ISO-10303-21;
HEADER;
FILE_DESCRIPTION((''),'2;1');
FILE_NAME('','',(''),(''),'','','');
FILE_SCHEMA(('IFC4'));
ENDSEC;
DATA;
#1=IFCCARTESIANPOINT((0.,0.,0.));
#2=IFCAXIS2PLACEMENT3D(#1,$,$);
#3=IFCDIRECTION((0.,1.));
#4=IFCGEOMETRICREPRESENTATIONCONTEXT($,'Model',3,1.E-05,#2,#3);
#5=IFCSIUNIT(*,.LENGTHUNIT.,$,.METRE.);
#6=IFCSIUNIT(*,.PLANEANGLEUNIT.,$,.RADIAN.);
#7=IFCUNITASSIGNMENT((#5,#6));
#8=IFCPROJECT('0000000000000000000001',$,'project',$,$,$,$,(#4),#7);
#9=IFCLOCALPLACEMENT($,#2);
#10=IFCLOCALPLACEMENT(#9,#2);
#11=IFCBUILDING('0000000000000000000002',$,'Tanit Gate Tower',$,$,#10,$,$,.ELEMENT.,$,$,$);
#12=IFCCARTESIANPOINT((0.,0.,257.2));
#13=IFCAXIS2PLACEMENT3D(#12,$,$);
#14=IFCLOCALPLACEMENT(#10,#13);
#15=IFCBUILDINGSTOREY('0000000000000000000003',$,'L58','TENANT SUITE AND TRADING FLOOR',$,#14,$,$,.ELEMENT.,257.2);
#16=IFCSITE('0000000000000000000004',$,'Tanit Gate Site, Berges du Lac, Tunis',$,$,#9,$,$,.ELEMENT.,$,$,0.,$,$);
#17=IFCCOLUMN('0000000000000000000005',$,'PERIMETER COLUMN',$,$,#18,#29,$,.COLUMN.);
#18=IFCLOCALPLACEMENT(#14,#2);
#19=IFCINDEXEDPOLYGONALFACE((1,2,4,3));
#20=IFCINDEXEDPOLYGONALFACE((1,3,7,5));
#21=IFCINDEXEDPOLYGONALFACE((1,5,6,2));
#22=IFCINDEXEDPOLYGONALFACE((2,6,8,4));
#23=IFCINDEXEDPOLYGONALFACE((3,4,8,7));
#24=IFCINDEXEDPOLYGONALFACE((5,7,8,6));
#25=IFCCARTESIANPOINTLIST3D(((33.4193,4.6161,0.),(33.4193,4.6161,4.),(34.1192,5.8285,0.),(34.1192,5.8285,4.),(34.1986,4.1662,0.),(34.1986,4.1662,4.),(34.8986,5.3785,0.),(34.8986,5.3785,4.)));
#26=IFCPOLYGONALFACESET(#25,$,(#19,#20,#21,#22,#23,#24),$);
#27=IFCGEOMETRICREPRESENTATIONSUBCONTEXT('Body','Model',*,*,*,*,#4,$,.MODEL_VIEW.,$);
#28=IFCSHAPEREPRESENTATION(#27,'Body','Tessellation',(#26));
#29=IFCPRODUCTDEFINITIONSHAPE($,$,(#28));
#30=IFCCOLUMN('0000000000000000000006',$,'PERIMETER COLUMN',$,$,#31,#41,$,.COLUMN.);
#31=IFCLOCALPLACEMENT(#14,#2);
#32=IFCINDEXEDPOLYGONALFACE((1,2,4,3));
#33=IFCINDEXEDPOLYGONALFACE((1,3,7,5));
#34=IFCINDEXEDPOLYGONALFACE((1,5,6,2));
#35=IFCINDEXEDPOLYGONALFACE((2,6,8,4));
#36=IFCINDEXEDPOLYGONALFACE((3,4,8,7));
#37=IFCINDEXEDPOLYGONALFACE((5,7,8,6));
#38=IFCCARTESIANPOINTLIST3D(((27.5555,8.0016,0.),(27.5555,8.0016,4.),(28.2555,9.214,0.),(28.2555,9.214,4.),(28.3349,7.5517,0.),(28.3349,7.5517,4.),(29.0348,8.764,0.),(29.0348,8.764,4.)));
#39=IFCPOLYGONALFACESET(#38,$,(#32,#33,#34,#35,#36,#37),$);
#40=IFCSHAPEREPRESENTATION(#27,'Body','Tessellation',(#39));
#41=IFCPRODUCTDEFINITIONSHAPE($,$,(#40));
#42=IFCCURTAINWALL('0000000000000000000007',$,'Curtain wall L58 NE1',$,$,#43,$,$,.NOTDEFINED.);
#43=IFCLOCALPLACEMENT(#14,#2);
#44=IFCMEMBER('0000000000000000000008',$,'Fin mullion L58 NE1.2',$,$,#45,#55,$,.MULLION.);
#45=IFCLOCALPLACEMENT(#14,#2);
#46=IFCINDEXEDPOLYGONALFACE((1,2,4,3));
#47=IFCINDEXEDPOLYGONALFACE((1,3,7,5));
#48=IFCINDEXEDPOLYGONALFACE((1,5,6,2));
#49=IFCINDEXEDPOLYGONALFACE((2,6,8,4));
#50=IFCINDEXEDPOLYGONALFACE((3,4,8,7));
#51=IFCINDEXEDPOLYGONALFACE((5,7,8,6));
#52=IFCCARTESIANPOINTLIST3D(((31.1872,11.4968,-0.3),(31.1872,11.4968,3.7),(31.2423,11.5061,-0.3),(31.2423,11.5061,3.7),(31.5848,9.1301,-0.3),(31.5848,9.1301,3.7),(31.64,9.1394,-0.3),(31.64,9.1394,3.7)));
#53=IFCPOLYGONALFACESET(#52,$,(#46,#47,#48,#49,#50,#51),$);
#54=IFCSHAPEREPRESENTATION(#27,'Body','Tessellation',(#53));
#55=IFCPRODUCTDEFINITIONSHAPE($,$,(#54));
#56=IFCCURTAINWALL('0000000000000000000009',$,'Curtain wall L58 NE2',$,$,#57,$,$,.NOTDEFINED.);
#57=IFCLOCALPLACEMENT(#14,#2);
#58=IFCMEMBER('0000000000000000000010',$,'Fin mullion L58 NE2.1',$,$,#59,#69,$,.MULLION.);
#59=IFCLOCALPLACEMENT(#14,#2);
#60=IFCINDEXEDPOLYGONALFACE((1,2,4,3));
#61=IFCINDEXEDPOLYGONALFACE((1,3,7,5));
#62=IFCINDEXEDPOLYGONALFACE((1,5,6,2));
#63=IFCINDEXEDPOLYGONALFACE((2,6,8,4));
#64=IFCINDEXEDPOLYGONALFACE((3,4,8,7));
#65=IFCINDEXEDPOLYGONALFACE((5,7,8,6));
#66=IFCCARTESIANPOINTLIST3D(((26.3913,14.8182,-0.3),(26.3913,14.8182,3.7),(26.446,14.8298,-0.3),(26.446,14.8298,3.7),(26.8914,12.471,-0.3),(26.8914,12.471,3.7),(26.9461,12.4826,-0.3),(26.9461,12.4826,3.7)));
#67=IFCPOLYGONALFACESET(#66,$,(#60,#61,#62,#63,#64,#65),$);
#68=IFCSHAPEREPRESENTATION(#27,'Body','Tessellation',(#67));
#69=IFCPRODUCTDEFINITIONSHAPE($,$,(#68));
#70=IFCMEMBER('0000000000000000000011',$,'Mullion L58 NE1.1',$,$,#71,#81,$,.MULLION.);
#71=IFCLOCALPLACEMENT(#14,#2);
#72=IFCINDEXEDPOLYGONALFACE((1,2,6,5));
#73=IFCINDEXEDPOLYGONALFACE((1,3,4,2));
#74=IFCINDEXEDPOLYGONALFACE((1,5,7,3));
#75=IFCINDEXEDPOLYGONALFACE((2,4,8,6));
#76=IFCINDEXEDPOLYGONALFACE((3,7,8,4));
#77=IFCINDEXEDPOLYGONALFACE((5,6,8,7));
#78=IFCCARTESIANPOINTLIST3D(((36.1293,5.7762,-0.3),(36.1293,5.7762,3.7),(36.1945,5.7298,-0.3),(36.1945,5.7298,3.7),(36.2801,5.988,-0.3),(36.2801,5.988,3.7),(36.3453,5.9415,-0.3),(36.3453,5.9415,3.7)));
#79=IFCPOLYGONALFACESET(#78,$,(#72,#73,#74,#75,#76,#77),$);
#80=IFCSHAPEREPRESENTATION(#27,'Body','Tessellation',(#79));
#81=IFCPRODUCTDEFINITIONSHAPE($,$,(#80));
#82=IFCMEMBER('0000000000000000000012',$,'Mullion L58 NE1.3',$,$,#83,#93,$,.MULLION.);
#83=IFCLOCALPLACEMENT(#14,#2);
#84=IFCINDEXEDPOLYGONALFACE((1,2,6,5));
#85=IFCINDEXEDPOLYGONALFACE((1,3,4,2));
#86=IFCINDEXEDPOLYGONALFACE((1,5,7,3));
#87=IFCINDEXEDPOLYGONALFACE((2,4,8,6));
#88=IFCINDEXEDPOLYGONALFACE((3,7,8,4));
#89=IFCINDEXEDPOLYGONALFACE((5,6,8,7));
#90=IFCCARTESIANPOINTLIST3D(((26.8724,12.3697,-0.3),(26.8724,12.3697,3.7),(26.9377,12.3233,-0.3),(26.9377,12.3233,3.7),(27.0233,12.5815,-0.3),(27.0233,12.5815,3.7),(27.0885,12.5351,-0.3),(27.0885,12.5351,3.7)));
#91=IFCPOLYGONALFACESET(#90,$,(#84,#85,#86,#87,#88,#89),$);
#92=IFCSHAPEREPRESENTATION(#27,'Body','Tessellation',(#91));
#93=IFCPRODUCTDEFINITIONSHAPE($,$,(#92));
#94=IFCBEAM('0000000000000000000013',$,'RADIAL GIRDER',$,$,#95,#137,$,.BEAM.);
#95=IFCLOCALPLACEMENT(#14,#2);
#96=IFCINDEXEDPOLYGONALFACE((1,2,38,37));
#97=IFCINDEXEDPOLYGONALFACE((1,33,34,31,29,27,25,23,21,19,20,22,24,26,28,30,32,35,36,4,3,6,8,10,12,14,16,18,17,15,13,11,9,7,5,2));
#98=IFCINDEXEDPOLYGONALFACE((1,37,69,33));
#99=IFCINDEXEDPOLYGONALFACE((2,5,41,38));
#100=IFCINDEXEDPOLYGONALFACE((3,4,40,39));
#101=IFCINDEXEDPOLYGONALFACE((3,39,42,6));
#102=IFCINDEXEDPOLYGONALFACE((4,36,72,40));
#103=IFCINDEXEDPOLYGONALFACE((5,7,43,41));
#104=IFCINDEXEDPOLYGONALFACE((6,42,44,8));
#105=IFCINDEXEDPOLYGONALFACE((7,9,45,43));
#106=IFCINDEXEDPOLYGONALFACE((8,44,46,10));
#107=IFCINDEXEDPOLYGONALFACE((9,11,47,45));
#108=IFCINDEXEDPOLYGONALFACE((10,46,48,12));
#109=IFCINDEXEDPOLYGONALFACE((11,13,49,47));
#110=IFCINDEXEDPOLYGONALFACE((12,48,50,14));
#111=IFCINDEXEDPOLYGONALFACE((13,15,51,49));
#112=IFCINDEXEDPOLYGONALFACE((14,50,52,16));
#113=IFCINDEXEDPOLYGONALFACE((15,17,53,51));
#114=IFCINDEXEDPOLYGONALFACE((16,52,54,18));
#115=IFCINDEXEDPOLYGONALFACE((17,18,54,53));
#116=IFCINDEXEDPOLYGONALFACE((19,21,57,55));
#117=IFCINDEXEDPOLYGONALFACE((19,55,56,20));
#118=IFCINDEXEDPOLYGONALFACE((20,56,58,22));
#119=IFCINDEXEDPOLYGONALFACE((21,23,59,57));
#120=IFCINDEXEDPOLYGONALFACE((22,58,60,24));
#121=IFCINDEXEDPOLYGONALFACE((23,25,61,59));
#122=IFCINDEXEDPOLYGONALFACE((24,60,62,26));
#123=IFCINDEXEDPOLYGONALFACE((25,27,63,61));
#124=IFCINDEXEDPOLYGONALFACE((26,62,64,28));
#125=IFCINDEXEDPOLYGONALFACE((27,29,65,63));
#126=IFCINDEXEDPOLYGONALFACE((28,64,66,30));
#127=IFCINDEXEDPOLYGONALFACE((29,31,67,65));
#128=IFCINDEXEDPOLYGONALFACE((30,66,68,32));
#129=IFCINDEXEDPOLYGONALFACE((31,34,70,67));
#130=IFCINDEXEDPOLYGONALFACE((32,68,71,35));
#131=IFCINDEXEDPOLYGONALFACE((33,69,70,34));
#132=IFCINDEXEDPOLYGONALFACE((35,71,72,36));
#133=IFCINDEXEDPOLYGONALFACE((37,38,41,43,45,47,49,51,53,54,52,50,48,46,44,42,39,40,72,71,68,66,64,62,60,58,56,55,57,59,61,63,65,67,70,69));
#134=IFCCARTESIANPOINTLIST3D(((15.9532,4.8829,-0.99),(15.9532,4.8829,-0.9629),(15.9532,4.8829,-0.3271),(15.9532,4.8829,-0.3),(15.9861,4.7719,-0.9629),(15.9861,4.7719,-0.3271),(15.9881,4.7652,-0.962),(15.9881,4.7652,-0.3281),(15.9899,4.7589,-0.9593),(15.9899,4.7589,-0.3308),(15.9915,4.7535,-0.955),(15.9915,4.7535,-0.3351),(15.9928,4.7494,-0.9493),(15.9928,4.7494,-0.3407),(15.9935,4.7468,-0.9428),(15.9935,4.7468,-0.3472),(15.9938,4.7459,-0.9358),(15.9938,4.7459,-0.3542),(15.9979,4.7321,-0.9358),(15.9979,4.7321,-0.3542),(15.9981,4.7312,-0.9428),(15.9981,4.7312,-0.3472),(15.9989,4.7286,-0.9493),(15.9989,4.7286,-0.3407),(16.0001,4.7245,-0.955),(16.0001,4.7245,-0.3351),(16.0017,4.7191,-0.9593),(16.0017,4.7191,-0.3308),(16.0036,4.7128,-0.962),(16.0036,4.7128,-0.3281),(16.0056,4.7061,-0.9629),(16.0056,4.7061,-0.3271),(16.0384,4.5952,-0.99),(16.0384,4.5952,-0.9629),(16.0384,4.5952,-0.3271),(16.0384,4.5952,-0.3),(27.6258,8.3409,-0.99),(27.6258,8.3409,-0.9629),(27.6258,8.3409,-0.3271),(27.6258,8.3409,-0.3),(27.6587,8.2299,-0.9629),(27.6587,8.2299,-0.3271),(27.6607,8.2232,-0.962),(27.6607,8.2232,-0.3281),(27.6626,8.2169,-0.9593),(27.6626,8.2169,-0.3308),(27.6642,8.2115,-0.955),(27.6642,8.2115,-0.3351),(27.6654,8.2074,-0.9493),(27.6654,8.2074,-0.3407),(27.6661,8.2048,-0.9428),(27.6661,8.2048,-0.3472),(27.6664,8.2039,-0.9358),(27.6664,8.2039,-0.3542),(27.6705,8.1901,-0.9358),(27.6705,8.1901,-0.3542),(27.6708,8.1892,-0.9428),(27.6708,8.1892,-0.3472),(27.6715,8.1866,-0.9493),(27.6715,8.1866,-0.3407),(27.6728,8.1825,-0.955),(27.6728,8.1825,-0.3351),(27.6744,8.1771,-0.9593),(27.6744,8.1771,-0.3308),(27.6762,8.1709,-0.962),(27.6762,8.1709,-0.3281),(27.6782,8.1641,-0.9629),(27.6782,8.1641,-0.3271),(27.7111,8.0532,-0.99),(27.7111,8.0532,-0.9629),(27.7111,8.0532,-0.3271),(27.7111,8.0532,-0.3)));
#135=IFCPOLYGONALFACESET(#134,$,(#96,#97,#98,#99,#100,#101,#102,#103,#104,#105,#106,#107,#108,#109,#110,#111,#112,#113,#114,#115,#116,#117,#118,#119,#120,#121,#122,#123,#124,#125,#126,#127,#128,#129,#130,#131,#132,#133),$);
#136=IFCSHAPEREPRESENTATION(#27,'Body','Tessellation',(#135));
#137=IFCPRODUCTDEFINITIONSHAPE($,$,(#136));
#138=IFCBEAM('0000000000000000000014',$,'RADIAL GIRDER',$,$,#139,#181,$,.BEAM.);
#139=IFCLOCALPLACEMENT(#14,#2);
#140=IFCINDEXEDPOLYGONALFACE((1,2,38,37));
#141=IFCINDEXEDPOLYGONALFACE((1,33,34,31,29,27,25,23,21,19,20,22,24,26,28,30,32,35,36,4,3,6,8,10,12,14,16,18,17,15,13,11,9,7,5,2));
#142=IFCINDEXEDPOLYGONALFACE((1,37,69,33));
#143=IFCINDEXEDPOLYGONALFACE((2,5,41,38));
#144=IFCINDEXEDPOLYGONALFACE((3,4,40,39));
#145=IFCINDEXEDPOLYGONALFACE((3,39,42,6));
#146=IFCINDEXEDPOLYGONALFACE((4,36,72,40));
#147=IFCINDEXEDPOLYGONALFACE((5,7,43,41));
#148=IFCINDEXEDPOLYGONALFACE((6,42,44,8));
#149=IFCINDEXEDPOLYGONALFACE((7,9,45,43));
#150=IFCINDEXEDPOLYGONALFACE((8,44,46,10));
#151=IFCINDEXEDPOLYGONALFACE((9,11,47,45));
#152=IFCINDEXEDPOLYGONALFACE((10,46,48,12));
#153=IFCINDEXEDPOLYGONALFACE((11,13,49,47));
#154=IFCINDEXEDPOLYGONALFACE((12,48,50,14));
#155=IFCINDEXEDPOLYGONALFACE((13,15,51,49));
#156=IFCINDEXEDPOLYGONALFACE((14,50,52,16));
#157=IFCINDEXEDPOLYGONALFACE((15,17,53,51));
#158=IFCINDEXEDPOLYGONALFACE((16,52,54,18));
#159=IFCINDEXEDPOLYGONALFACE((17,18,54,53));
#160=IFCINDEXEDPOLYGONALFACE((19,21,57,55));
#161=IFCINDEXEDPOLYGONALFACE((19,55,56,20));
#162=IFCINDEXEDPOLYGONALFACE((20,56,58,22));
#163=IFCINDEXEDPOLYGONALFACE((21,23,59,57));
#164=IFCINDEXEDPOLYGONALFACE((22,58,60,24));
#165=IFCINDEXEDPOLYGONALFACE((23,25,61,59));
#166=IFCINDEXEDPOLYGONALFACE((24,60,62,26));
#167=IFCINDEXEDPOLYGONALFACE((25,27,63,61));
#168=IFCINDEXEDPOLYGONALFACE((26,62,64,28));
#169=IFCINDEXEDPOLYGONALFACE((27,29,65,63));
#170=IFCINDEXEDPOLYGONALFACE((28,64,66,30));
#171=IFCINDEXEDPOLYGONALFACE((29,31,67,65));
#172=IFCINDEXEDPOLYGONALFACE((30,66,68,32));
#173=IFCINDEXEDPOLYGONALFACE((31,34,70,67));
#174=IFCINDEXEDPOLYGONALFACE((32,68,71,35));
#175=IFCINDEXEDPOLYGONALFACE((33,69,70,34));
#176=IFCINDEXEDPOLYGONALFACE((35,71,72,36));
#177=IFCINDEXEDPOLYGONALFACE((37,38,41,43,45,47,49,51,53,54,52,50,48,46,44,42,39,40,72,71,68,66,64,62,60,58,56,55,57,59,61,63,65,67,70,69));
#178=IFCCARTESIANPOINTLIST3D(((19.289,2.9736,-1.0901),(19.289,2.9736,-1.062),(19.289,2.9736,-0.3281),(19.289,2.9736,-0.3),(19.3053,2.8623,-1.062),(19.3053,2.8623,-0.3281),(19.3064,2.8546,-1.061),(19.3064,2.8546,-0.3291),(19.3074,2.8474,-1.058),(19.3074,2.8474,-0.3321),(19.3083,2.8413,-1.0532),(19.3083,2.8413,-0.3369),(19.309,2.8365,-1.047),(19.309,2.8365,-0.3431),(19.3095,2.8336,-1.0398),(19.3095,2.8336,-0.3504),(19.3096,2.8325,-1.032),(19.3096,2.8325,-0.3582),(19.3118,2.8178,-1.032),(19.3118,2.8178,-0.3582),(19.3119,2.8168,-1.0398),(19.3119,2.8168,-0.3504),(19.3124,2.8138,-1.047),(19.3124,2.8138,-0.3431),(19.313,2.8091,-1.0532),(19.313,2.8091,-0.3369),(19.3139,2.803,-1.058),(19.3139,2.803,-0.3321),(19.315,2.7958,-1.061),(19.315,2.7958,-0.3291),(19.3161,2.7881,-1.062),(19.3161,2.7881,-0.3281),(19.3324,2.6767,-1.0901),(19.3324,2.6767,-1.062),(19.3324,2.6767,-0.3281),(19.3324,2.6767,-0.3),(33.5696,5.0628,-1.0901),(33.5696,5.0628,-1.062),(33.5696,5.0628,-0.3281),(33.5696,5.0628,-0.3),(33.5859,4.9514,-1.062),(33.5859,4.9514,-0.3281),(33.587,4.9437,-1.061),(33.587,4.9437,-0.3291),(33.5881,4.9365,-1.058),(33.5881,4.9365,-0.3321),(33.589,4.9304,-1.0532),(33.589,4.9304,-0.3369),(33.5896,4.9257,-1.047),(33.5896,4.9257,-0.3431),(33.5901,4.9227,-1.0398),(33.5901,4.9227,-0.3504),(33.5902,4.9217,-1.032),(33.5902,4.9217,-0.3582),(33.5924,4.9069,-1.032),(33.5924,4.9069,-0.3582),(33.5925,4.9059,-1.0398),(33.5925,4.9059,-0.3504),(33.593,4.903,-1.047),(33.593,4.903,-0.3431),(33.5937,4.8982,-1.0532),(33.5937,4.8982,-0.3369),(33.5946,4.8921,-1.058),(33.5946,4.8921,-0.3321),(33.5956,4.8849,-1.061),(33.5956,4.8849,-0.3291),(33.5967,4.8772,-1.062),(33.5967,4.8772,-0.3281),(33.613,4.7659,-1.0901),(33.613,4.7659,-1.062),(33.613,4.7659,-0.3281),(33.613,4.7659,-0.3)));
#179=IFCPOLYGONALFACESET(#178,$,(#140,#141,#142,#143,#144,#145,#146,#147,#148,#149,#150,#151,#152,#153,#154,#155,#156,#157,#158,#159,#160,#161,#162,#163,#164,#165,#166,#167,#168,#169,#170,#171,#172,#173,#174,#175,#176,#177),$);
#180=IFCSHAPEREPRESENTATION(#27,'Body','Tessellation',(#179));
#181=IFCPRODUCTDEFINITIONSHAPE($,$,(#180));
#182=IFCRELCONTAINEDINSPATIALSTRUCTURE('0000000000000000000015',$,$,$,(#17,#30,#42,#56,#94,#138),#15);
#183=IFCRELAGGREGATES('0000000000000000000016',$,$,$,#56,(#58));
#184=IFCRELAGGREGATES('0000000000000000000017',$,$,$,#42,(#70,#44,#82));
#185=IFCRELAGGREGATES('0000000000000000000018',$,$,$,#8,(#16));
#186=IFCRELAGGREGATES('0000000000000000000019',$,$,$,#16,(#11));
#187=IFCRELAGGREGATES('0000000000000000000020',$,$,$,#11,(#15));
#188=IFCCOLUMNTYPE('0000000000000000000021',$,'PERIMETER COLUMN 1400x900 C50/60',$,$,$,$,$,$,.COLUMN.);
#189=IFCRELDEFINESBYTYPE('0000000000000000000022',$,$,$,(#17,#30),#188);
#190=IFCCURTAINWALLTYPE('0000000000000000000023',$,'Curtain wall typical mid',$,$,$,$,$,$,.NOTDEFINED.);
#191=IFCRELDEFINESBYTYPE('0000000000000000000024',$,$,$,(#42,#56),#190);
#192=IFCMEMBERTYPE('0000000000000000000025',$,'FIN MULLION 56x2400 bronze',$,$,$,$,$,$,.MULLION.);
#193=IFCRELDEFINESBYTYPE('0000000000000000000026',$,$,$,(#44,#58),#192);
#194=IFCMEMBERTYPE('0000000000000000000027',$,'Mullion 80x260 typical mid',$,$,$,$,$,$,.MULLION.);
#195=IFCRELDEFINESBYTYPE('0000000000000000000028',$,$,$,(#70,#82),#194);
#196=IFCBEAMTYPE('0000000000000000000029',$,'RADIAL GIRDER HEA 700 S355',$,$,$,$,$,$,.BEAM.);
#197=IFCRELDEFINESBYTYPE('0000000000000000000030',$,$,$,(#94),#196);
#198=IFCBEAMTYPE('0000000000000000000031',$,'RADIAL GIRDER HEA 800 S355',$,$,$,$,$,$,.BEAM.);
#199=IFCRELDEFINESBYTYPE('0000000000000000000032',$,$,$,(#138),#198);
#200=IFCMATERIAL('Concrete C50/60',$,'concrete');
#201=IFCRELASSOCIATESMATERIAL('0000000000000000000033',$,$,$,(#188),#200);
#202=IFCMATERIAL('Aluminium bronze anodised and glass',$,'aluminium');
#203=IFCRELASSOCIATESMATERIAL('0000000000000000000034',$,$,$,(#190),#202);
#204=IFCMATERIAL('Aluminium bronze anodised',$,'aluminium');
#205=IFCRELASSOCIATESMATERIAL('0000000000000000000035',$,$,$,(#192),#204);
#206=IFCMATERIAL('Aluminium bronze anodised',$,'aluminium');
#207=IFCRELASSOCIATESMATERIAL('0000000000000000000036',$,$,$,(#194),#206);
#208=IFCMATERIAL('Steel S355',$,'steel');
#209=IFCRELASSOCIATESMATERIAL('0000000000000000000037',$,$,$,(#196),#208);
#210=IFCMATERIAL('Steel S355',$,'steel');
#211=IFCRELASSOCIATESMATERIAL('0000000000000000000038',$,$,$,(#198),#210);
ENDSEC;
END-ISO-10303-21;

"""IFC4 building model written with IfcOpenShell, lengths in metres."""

from ifc_helpers import new_model, si_unit, direction, frame, origin, origin_2d, place, context, subcontext, project, spatial, rectangle, i_section, extrude, material, material_profile, profile_set, type_object, element, aggregate, save


model = new_model("IFC4")

# Units and contexts
model_context = context("Model", 3, precision=1e-05, world=origin(), true_north=direction((0.0, 1.0)))
body_context = subcontext(model_context, "Body", "Model", "MODEL_VIEW")
ifc_project = project(units=[si_unit("LENGTHUNIT", "METRE"), si_unit("PLANEANGLEUNIT", "RADIAN")], contexts=[model_context])

# Site, building, storey
site_placement = place(None, origin())
site = spatial("IfcSite", under=ifc_project, at=site_placement, Name="Tanit Gate Site, Berges du Lac, Tunis", CompositionType="ELEMENT", RefElevation=0.0)
building_placement = place(site_placement, origin())
building = spatial("IfcBuilding", under=site, at=building_placement, Name="Tanit Gate Tower", CompositionType="ELEMENT")
storey_placement = place(building_placement, frame((0.0, 0.0, 257.2)))
storey = spatial("IfcBuildingStorey", under=building, at=storey_placement, Name="L58", Description="TENANT SUITE AND TRADING FLOOR", CompositionType="ELEMENT", Elevation=257.2)

# Columns
ifc_material_1 = material(Name="Concrete C50/60", Category="concrete")
ifc_material_profile_1 = material_profile(ifc_material_1, rectangle(XDim=1.3999, YDim=0.8999, at=origin_2d()), Name="RC 1400x900")
ifc_profile_set_1 = profile_set([ifc_material_profile_1], Name="Concrete C50/60")
column_type = type_object("IfcColumnType", Name="PERIMETER COLUMN 1400x900 C50/60", PredefinedType="COLUMN", material=ifc_profile_set_1)
for number, where, z_axis, x_axis, name in (
    (1, (34.1589, 4.9973, 0.0), (0.0, 0.0, 1.0), (0.5, 0.866025, 0.0), "PERIMETER COLUMN"),
    (2, (28.2952, 8.3828, 0.0), (0.0, 0.0, 1.0), (0.5, 0.866025, 0.0), "PERIMETER COLUMN"),
):
    element("IfcColumn", number, at=place(storey_placement, frame(where, z_axis=z_axis, x_axis=x_axis)), inside=storey, type_object=column_type, Name=name, PredefinedType="COLUMN", context=body_context, shape_type="SweptSolid", body=[
        extrude(rectangle(XDim=1.3999, YDim=0.8999, at=origin_2d()), origin(), (0.0, 0.0, 1.0), 4.0),
    ])

# Curtain walls, members
ifc_material_2 = material(Name="Aluminium bronze anodised and glass", Category="aluminium")
curtain_wall_type = type_object("IfcCurtainWallType", Name="Curtain wall typical mid", PredefinedType="NOTDEFINED", material=ifc_material_2)
curtain_wall_1_placement = place(storey_placement, origin())
curtain_wall_1 = element("IfcCurtainWall", 3, at=curtain_wall_1_placement, inside=storey, type_object=curtain_wall_type, Name="Curtain wall L58 NE1", PredefinedType="NOTDEFINED")
ifc_material_3 = material(Name="Aluminium bronze anodised", Category="aluminium")
ifc_material_profile_2 = material_profile(ifc_material_3, rectangle(XDim=2.3999, YDim=0.0559, at=origin_2d()), Name="56x2400 bronze fin mullion")
ifc_profile_set_2 = profile_set([ifc_material_profile_2], Name="Aluminium bronze anodised")
member_type_1 = type_object("IfcMemberType", Name="FIN MULLION 56x2400 bronze", PredefinedType="MULLION", material=ifc_profile_set_2)
member_1_placement = place(storey_placement, frame((31.4136, 10.3181, -0.3), z_axis=(0.0, 0.0, 1.0), x_axis=(0.165705, -0.986175, 0.0)))
member_1 = element("IfcMember", 4, at=member_1_placement, type_object=member_type_1, Name="Fin mullion L58 NE1.2", PredefinedType="MULLION", context=body_context, shape_type="SweptSolid", body=[
    extrude(rectangle(XDim=2.3999, YDim=0.0559, at=origin_2d()), origin(), (0.0, 0.0, 1.0), 4.0),
])
curtain_wall_2_placement = place(storey_placement, origin())
curtain_wall_2 = element("IfcCurtainWall", 5, at=curtain_wall_2_placement, inside=storey, type_object=curtain_wall_type, Name="Curtain wall L58 NE2", PredefinedType="NOTDEFINED")
member_2_placement = place(storey_placement, frame((26.6687, 13.6504, -0.3), z_axis=(0.0, 0.0, 1.0), x_axis=(0.208373, -0.978049, 0.0)))
member_2 = element("IfcMember", 6, at=member_2_placement, type_object=member_type_1, Name="Fin mullion L58 NE2.1", PredefinedType="MULLION", context=body_context, shape_type="SweptSolid", body=[
    extrude(rectangle(XDim=2.3999, YDim=0.0559, at=origin_2d()), origin(), (0.0, 0.0, 1.0), 4.0),
])

# Members
ifc_material_4 = material(Name="Aluminium bronze anodised", Category="aluminium")
ifc_material_profile_3 = material_profile(ifc_material_4, rectangle(XDim=0.26, YDim=0.0801, at=origin_2d()), Name="80x260 bronze mullion")
ifc_profile_set_3 = profile_set([ifc_material_profile_3], Name="Aluminium bronze anodised")
member_type_2 = type_object("IfcMemberType", Name="Mullion 80x260 typical mid", PredefinedType="MULLION", material=ifc_profile_set_3)
member_3_placement = place(storey_placement, frame((36.2373, 5.8589, -0.3), z_axis=(0.0, 0.0, 1.0), x_axis=(-0.58016, -0.814503, 0.0)))
member_3 = element("IfcMember", 7, at=member_3_placement, type_object=member_type_2, Name="Mullion L58 NE1.1", PredefinedType="MULLION", context=body_context, shape_type="SweptSolid", body=[
    extrude(rectangle(XDim=0.26, YDim=0.0801, at=origin_2d()), origin(), (0.0, 0.0, 1.0), 4.0),
])
member_4_placement = place(storey_placement, frame((26.9805, 12.4524, -0.3), z_axis=(0.0, 0.0, 1.0), x_axis=(-0.58016, -0.814503, 0.0)))
member_4 = element("IfcMember", 8, at=member_4_placement, type_object=member_type_2, Name="Mullion L58 NE1.3", PredefinedType="MULLION", context=body_context, shape_type="SweptSolid", body=[
    extrude(rectangle(XDim=0.26, YDim=0.0801, at=origin_2d()), origin(), (0.0, 0.0, 1.0), 4.0),
])

# Beams
ifc_material_5 = material(Name="Steel S355", Category="steel")
ifc_material_profile_4 = material_profile(ifc_material_5, i_section(OverallWidth=0.3, OverallDepth=0.6899, WebThickness=0.0144, FlangeThickness=0.0271, FilletRadius=0.0271, at=origin_2d()), Name="HEA 700")
ifc_profile_set_4 = profile_set([ifc_material_profile_4], Name="Steel S355")
beam_type_1 = type_object("IfcBeamType", Name="RADIAL GIRDER HEA 700 S355", PredefinedType="BEAM", material=ifc_profile_set_4)
beam_1_placement = place(storey_placement, frame((27.6685, 8.197, -0.645), z_axis=(-0.95881, -0.284047, 0.0), x_axis=(0.284047, -0.95881, 0.0)))
element("IfcBeam", 9, at=beam_1_placement, inside=storey, type_object=beam_type_1, Name="RADIAL GIRDER", PredefinedType="BEAM", context=body_context, shape_type="SweptSolid", body=[
    extrude(i_section(OverallWidth=0.3, OverallDepth=0.6899, WebThickness=0.0144, FlangeThickness=0.0271, FilletRadius=0.0271, at=origin_2d()), origin(), (0.0, 0.0, 1.0), 12.1741),
])
ifc_material_6 = material(Name="Steel S355", Category="steel")
ifc_material_profile_5 = material_profile(ifc_material_6, i_section(OverallWidth=0.3, OverallDepth=0.79, WebThickness=0.0149, FlangeThickness=0.0281, FilletRadius=0.03, at=origin_2d()), Name="HEA 800")
ifc_profile_set_5 = profile_set([ifc_material_profile_5], Name="Steel S355")
beam_type_2 = type_object("IfcBeamType", Name="RADIAL GIRDER HEA 800 S355", PredefinedType="BEAM", material=ifc_profile_set_5)
beam_2_placement = place(storey_placement, frame((33.5913, 4.9143, -0.6951), z_axis=(-0.989468, -0.14475, 0.0), x_axis=(0.14475, -0.989468, 0.0)))
element("IfcBeam", 10, at=beam_2_placement, inside=storey, type_object=beam_type_2, Name="RADIAL GIRDER", PredefinedType="BEAM", context=body_context, shape_type="SweptSolid", body=[
    extrude(i_section(OverallWidth=0.3, OverallDepth=0.79, WebThickness=0.0149, FlangeThickness=0.0281, FilletRadius=0.03, at=origin_2d()), origin(), (0.0, 0.0, 1.0), 14.4326),
])

aggregate(curtain_wall_2, [member_2])

aggregate(curtain_wall_1, [member_3, member_1, member_4])

save(model, "model.ifc")
